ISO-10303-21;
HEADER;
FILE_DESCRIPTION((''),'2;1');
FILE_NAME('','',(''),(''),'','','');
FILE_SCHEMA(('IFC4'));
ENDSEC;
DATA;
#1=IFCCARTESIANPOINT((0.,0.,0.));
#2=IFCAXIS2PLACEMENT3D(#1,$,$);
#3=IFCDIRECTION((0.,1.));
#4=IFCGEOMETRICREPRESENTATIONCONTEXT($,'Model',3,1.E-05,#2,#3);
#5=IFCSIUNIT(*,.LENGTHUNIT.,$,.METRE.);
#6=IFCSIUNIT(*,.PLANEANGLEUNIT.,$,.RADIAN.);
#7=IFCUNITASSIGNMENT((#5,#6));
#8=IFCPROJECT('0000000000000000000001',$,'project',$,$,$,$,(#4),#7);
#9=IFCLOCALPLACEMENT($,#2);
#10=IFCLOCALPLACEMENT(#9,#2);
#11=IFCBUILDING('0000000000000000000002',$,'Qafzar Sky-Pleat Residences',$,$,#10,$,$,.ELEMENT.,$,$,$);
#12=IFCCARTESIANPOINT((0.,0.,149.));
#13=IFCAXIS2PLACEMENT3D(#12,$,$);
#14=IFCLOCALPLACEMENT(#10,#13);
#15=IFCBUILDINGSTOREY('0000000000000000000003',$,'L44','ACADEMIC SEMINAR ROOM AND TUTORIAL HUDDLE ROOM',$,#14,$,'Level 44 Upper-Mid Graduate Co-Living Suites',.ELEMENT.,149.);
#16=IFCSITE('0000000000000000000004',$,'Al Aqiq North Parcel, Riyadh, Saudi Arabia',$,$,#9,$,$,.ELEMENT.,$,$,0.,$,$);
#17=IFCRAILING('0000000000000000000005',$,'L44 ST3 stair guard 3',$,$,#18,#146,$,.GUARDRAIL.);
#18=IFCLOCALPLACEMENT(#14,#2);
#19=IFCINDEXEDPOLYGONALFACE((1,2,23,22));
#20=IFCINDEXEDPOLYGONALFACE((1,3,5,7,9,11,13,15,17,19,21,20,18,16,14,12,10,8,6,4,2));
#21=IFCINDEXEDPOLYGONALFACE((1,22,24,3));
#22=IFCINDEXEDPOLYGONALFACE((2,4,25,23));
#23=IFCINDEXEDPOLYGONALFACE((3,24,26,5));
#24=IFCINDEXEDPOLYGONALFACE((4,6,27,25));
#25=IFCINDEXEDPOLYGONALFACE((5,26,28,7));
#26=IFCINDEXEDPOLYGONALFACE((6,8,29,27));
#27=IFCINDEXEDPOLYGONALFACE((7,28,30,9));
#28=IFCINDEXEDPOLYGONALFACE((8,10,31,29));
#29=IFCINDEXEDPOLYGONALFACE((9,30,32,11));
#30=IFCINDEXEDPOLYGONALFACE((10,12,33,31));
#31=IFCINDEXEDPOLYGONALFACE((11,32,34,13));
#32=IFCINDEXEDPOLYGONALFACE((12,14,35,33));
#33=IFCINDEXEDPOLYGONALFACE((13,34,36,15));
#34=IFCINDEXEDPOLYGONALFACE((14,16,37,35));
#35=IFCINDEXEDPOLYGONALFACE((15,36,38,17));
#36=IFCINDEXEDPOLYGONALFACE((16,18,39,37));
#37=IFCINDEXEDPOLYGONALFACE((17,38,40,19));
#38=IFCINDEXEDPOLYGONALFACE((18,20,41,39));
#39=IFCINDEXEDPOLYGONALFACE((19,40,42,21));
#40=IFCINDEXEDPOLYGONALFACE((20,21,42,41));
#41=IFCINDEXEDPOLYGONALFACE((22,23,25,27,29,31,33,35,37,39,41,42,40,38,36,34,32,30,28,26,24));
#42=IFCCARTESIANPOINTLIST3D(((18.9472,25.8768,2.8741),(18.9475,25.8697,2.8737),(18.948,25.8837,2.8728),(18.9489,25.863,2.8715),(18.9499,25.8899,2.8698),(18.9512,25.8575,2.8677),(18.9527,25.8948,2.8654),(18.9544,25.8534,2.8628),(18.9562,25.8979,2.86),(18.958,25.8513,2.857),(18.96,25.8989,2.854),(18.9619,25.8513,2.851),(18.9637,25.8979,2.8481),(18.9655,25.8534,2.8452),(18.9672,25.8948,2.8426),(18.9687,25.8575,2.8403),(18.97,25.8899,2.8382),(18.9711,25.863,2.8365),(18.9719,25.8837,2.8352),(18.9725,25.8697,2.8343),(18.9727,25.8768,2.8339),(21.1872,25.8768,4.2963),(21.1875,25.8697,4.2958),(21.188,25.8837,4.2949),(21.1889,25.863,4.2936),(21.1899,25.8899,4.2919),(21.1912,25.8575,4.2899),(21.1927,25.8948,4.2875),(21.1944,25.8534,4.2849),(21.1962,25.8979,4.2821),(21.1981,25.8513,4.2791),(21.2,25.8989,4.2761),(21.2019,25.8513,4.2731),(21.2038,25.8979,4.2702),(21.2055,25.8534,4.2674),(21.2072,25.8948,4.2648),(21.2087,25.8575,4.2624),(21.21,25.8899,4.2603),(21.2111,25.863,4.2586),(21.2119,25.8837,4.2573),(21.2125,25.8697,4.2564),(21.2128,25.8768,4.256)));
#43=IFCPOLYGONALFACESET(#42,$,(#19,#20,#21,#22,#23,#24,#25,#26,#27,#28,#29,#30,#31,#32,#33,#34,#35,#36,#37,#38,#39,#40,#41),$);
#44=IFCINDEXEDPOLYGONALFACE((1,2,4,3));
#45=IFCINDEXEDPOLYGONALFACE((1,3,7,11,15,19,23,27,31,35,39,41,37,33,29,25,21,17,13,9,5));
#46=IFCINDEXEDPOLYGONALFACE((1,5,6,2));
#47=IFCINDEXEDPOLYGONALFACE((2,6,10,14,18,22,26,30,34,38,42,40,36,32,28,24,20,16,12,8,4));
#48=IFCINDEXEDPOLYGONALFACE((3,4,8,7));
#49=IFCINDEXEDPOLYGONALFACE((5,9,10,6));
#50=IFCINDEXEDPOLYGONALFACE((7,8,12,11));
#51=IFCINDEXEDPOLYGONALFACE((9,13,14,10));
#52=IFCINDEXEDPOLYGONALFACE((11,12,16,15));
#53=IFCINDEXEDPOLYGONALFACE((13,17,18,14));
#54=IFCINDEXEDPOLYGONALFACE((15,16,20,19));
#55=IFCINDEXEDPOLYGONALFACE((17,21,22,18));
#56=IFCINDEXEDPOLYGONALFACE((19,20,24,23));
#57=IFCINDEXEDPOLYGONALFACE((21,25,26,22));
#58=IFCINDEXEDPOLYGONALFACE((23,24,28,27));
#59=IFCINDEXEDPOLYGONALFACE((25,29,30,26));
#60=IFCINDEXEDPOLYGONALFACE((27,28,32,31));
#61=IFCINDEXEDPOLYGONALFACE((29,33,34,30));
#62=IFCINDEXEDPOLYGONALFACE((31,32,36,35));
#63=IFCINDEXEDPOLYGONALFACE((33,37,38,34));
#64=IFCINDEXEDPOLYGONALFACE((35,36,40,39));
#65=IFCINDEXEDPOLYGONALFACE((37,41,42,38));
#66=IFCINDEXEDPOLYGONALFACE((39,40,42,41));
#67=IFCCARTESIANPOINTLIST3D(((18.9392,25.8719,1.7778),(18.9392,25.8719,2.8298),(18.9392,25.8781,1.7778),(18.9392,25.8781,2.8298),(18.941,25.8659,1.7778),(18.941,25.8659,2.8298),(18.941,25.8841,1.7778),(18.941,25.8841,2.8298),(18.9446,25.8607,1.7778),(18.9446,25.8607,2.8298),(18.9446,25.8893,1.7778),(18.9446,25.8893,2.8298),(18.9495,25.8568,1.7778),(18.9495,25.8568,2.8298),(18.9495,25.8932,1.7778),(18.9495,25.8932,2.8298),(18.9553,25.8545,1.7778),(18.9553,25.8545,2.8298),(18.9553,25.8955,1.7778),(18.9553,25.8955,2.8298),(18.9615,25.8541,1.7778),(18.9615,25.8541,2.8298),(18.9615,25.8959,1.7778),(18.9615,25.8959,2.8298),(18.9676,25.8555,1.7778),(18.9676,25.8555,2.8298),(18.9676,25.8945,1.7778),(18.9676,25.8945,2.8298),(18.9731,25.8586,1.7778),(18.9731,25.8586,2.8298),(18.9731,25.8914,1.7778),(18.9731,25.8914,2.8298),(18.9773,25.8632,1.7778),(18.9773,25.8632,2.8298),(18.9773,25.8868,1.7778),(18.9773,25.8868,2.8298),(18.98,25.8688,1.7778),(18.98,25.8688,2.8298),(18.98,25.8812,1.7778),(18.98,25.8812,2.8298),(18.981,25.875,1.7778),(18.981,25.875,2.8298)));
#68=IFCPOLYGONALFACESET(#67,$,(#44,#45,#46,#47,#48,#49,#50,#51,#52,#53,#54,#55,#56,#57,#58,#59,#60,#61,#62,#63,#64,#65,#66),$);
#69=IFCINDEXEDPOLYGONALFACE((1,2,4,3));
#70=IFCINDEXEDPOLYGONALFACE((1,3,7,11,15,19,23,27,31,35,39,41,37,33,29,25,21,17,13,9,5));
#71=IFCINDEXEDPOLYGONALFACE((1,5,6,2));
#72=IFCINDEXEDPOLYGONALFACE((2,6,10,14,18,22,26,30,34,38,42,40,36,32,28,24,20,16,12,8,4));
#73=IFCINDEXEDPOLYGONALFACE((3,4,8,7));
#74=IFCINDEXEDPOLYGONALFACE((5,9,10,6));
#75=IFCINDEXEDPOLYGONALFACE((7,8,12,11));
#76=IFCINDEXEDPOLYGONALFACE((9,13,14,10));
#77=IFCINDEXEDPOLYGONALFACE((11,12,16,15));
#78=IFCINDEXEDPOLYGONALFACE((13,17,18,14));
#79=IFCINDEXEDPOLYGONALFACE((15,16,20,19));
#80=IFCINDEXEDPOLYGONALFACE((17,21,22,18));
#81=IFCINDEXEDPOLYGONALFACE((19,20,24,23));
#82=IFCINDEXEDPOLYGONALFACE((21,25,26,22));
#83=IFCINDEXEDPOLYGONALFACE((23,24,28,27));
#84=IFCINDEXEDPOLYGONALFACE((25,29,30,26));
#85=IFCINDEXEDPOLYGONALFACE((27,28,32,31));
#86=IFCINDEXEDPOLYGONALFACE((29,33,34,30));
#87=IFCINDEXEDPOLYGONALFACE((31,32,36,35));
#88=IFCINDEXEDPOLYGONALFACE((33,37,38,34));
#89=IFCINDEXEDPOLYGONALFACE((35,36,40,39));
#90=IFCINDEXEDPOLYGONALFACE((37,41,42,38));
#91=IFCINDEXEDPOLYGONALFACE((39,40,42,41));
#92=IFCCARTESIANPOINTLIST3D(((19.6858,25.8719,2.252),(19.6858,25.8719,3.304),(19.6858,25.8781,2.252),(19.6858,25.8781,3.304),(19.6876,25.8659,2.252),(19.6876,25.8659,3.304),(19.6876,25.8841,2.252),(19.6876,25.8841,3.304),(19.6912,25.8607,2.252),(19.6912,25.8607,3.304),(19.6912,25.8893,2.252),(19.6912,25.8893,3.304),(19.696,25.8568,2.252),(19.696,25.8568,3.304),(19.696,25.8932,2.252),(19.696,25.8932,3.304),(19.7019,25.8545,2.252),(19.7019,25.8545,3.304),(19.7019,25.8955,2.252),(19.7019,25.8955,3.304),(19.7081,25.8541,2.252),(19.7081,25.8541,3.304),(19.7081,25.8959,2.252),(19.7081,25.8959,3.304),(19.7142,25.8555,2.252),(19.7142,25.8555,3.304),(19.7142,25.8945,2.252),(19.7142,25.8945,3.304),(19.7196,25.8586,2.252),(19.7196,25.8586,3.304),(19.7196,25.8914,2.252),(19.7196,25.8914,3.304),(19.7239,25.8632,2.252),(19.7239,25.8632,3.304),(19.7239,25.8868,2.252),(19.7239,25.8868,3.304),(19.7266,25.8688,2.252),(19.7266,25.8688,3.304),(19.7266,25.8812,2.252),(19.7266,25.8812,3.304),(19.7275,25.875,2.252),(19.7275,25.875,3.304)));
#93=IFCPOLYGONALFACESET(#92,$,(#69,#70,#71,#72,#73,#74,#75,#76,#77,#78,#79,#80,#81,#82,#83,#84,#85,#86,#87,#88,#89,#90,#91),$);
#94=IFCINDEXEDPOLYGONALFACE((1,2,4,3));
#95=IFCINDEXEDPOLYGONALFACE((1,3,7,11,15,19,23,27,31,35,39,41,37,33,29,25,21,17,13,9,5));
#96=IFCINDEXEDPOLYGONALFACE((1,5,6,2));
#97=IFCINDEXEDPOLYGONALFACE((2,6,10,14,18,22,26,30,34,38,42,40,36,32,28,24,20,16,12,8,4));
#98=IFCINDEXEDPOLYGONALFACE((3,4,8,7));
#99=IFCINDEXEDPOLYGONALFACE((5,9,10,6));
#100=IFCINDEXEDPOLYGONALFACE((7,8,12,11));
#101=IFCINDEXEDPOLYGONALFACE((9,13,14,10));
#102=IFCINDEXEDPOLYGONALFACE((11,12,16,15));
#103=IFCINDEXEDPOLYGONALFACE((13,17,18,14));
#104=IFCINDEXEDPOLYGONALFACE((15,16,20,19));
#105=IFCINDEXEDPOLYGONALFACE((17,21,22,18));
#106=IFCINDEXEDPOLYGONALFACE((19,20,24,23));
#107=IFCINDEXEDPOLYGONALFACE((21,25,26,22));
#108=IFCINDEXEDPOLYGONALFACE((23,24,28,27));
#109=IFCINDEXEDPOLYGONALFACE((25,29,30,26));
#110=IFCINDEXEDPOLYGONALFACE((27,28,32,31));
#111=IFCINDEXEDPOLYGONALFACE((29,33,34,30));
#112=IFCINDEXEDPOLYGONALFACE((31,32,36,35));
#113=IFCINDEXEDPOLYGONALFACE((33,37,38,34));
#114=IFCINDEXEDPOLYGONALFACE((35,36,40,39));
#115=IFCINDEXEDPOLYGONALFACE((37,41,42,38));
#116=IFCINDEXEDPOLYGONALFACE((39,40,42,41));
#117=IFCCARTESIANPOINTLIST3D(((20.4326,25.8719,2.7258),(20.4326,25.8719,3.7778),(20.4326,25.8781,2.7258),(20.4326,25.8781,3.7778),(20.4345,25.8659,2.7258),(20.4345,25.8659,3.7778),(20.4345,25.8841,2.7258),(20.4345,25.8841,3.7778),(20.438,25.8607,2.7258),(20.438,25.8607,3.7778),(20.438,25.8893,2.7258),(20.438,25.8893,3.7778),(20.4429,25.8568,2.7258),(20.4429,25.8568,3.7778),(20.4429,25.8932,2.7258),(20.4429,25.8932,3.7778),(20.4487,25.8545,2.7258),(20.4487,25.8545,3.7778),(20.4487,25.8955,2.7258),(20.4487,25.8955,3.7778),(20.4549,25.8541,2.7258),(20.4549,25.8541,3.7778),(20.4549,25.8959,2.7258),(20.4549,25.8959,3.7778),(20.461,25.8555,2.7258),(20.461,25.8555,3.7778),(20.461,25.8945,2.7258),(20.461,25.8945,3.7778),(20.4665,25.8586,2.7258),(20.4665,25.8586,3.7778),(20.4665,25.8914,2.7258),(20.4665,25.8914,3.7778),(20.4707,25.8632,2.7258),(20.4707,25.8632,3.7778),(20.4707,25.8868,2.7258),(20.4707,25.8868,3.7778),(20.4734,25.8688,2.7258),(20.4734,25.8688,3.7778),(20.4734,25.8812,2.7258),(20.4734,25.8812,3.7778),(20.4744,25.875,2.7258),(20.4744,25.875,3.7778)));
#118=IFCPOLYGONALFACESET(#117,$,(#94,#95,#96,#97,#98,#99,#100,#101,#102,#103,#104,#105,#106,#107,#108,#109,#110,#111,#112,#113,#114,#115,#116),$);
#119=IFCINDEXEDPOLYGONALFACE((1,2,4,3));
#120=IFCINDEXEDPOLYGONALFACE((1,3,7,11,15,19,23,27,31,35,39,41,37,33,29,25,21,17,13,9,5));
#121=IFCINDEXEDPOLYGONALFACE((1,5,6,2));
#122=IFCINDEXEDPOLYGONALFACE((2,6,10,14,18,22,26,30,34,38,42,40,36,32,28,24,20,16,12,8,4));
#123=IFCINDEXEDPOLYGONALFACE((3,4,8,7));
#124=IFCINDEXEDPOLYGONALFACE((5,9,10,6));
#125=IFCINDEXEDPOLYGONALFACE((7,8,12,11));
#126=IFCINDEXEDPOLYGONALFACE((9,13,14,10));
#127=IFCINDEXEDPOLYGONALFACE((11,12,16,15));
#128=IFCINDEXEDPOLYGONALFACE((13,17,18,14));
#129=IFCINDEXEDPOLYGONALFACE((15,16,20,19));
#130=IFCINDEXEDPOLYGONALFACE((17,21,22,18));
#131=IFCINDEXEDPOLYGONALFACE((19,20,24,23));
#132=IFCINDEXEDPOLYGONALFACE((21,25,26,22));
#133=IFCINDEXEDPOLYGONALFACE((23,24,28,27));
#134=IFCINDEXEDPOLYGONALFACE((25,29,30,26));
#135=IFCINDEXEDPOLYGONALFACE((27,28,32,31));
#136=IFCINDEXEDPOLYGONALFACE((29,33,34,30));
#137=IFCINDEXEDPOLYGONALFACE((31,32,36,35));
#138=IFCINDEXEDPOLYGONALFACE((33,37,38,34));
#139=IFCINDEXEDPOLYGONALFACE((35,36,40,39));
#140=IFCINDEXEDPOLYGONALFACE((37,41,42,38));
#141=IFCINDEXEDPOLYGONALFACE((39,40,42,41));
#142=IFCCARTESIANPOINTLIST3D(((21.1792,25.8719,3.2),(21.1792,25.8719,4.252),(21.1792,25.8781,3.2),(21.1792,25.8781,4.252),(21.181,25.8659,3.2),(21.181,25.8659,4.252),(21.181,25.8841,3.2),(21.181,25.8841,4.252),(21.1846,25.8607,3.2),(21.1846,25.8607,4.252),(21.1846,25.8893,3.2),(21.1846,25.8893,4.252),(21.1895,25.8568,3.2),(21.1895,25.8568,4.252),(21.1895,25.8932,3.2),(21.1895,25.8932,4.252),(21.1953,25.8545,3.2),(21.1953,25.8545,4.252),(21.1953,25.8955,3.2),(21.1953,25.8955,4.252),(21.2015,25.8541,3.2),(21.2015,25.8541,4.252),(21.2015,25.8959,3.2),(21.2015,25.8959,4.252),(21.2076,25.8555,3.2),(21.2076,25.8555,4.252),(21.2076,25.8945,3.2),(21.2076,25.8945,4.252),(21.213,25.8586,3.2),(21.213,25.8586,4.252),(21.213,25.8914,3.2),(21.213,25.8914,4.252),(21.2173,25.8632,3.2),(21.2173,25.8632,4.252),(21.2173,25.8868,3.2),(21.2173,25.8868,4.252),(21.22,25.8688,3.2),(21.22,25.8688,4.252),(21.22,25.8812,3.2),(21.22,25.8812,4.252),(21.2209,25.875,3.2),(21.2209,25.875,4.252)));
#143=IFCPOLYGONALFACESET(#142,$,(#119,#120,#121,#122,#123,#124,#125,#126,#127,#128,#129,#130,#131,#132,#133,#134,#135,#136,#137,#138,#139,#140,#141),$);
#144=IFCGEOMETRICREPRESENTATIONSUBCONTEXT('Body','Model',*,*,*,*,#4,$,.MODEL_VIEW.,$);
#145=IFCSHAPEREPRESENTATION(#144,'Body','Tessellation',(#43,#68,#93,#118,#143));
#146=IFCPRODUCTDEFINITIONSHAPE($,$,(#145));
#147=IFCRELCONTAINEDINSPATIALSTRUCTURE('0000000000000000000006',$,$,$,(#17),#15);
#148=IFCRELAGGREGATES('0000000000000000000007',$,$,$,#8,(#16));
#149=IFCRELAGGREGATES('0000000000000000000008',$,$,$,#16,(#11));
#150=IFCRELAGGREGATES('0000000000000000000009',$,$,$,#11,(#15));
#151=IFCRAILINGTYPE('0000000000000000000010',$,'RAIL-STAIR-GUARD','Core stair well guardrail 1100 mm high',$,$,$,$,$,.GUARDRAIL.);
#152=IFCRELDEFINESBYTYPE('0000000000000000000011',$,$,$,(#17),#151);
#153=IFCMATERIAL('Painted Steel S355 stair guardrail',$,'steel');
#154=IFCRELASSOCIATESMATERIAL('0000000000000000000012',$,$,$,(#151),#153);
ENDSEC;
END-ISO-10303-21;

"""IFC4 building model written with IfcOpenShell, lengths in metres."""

from ifc_helpers import new_model, si_unit, direction, frame, origin, origin_2d, place, context, subcontext, project, spatial, circle, extrude, source, transform, mapped, material, type_object, element, save


model = new_model("IFC4")

# Units and contexts
model_context = context("Model", 3, precision=1e-05, world=origin(), true_north=direction((0.0, 1.0)))
body_context = subcontext(model_context, "Body", "Model", "MODEL_VIEW")
ifc_project = project(units=[si_unit("LENGTHUNIT", "METRE"), si_unit("PLANEANGLEUNIT", "RADIAN")], contexts=[model_context])

# Site, building, storey
site_placement = place(None, origin())
site = spatial("IfcSite", under=ifc_project, at=site_placement, Name="Al Aqiq North Parcel, Riyadh, Saudi Arabia", CompositionType="ELEMENT", RefElevation=0.0)
building_placement = place(site_placement, origin())
building = spatial("IfcBuilding", under=site, at=building_placement, Name="Qafzar Sky-Pleat Residences", CompositionType="ELEMENT")
storey_placement = place(building_placement, frame((0.0, 0.0, 149.0)))
storey = spatial("IfcBuildingStorey", under=building, at=storey_placement, Name="L44", Description="ACADEMIC SEMINAR ROOM AND TUTORIAL HUDDLE ROOM", LongName="Level 44 Upper-Mid Graduate Co-Living Suites", CompositionType="ELEMENT", Elevation=149.0)

# Railing
ifc_material_1 = material(Name="Painted Steel S355 stair guardrail", Category="steel")
railing_type_1 = type_object("IfcRailingType", Name="RAIL-STAIR-GUARD", Description="Core stair well guardrail 1100 mm high", PredefinedType="GUARDRAIL", material=ifc_material_1)
shared_shape_1 = source(origin(), body_context, "Body", "SweptSolid", [
    extrude(circle(Radius=0.0239, at=origin_2d()), frame((0.0, 0.0, 1.0762), z_axis=(0.844229, 0.0, 0.535982), x_axis=(0.0, 1.0, 0.0)), (0.0, 0.0, 1.0), 2.6533),
    extrude(circle(Radius=0.021, at=origin_2d()), origin(), (0.0, 0.0, 1.0), 1.052),
    extrude(circle(Radius=0.021, at=origin_2d()), frame((0.7466, 0.0, 0.4741)), (0.0, 0.0, 1.0), 1.052),
    extrude(circle(Radius=0.021, at=origin_2d()), frame((1.4934, 0.0, 0.948)), (0.0, 0.0, 1.0), 1.052),
    extrude(circle(Radius=0.021, at=origin_2d()), frame((2.24, 0.0, 1.4221)), (0.0, 0.0, 1.0), 1.052),
])
railing_1_placement = place(storey_placement, frame((18.96, 25.875, 1.7778)))
element("IfcRailing", 1, at=railing_1_placement, inside=storey, type_object=railing_type_1, Name="L44 ST3 stair guard 3", PredefinedType="GUARDRAIL", context=body_context, shape_type="MappedRepresentation", body=[
    mapped(shared_shape_1, transform((0.0, 0.0, 0.0), x_axis=(1.0, 0.0, 0.0), y_axis=(0.0, 1.0, 0.0), z_axis=(0.0, 0.0, 1.0), scale=1.0)),
])

save(model, "model.ifc")
